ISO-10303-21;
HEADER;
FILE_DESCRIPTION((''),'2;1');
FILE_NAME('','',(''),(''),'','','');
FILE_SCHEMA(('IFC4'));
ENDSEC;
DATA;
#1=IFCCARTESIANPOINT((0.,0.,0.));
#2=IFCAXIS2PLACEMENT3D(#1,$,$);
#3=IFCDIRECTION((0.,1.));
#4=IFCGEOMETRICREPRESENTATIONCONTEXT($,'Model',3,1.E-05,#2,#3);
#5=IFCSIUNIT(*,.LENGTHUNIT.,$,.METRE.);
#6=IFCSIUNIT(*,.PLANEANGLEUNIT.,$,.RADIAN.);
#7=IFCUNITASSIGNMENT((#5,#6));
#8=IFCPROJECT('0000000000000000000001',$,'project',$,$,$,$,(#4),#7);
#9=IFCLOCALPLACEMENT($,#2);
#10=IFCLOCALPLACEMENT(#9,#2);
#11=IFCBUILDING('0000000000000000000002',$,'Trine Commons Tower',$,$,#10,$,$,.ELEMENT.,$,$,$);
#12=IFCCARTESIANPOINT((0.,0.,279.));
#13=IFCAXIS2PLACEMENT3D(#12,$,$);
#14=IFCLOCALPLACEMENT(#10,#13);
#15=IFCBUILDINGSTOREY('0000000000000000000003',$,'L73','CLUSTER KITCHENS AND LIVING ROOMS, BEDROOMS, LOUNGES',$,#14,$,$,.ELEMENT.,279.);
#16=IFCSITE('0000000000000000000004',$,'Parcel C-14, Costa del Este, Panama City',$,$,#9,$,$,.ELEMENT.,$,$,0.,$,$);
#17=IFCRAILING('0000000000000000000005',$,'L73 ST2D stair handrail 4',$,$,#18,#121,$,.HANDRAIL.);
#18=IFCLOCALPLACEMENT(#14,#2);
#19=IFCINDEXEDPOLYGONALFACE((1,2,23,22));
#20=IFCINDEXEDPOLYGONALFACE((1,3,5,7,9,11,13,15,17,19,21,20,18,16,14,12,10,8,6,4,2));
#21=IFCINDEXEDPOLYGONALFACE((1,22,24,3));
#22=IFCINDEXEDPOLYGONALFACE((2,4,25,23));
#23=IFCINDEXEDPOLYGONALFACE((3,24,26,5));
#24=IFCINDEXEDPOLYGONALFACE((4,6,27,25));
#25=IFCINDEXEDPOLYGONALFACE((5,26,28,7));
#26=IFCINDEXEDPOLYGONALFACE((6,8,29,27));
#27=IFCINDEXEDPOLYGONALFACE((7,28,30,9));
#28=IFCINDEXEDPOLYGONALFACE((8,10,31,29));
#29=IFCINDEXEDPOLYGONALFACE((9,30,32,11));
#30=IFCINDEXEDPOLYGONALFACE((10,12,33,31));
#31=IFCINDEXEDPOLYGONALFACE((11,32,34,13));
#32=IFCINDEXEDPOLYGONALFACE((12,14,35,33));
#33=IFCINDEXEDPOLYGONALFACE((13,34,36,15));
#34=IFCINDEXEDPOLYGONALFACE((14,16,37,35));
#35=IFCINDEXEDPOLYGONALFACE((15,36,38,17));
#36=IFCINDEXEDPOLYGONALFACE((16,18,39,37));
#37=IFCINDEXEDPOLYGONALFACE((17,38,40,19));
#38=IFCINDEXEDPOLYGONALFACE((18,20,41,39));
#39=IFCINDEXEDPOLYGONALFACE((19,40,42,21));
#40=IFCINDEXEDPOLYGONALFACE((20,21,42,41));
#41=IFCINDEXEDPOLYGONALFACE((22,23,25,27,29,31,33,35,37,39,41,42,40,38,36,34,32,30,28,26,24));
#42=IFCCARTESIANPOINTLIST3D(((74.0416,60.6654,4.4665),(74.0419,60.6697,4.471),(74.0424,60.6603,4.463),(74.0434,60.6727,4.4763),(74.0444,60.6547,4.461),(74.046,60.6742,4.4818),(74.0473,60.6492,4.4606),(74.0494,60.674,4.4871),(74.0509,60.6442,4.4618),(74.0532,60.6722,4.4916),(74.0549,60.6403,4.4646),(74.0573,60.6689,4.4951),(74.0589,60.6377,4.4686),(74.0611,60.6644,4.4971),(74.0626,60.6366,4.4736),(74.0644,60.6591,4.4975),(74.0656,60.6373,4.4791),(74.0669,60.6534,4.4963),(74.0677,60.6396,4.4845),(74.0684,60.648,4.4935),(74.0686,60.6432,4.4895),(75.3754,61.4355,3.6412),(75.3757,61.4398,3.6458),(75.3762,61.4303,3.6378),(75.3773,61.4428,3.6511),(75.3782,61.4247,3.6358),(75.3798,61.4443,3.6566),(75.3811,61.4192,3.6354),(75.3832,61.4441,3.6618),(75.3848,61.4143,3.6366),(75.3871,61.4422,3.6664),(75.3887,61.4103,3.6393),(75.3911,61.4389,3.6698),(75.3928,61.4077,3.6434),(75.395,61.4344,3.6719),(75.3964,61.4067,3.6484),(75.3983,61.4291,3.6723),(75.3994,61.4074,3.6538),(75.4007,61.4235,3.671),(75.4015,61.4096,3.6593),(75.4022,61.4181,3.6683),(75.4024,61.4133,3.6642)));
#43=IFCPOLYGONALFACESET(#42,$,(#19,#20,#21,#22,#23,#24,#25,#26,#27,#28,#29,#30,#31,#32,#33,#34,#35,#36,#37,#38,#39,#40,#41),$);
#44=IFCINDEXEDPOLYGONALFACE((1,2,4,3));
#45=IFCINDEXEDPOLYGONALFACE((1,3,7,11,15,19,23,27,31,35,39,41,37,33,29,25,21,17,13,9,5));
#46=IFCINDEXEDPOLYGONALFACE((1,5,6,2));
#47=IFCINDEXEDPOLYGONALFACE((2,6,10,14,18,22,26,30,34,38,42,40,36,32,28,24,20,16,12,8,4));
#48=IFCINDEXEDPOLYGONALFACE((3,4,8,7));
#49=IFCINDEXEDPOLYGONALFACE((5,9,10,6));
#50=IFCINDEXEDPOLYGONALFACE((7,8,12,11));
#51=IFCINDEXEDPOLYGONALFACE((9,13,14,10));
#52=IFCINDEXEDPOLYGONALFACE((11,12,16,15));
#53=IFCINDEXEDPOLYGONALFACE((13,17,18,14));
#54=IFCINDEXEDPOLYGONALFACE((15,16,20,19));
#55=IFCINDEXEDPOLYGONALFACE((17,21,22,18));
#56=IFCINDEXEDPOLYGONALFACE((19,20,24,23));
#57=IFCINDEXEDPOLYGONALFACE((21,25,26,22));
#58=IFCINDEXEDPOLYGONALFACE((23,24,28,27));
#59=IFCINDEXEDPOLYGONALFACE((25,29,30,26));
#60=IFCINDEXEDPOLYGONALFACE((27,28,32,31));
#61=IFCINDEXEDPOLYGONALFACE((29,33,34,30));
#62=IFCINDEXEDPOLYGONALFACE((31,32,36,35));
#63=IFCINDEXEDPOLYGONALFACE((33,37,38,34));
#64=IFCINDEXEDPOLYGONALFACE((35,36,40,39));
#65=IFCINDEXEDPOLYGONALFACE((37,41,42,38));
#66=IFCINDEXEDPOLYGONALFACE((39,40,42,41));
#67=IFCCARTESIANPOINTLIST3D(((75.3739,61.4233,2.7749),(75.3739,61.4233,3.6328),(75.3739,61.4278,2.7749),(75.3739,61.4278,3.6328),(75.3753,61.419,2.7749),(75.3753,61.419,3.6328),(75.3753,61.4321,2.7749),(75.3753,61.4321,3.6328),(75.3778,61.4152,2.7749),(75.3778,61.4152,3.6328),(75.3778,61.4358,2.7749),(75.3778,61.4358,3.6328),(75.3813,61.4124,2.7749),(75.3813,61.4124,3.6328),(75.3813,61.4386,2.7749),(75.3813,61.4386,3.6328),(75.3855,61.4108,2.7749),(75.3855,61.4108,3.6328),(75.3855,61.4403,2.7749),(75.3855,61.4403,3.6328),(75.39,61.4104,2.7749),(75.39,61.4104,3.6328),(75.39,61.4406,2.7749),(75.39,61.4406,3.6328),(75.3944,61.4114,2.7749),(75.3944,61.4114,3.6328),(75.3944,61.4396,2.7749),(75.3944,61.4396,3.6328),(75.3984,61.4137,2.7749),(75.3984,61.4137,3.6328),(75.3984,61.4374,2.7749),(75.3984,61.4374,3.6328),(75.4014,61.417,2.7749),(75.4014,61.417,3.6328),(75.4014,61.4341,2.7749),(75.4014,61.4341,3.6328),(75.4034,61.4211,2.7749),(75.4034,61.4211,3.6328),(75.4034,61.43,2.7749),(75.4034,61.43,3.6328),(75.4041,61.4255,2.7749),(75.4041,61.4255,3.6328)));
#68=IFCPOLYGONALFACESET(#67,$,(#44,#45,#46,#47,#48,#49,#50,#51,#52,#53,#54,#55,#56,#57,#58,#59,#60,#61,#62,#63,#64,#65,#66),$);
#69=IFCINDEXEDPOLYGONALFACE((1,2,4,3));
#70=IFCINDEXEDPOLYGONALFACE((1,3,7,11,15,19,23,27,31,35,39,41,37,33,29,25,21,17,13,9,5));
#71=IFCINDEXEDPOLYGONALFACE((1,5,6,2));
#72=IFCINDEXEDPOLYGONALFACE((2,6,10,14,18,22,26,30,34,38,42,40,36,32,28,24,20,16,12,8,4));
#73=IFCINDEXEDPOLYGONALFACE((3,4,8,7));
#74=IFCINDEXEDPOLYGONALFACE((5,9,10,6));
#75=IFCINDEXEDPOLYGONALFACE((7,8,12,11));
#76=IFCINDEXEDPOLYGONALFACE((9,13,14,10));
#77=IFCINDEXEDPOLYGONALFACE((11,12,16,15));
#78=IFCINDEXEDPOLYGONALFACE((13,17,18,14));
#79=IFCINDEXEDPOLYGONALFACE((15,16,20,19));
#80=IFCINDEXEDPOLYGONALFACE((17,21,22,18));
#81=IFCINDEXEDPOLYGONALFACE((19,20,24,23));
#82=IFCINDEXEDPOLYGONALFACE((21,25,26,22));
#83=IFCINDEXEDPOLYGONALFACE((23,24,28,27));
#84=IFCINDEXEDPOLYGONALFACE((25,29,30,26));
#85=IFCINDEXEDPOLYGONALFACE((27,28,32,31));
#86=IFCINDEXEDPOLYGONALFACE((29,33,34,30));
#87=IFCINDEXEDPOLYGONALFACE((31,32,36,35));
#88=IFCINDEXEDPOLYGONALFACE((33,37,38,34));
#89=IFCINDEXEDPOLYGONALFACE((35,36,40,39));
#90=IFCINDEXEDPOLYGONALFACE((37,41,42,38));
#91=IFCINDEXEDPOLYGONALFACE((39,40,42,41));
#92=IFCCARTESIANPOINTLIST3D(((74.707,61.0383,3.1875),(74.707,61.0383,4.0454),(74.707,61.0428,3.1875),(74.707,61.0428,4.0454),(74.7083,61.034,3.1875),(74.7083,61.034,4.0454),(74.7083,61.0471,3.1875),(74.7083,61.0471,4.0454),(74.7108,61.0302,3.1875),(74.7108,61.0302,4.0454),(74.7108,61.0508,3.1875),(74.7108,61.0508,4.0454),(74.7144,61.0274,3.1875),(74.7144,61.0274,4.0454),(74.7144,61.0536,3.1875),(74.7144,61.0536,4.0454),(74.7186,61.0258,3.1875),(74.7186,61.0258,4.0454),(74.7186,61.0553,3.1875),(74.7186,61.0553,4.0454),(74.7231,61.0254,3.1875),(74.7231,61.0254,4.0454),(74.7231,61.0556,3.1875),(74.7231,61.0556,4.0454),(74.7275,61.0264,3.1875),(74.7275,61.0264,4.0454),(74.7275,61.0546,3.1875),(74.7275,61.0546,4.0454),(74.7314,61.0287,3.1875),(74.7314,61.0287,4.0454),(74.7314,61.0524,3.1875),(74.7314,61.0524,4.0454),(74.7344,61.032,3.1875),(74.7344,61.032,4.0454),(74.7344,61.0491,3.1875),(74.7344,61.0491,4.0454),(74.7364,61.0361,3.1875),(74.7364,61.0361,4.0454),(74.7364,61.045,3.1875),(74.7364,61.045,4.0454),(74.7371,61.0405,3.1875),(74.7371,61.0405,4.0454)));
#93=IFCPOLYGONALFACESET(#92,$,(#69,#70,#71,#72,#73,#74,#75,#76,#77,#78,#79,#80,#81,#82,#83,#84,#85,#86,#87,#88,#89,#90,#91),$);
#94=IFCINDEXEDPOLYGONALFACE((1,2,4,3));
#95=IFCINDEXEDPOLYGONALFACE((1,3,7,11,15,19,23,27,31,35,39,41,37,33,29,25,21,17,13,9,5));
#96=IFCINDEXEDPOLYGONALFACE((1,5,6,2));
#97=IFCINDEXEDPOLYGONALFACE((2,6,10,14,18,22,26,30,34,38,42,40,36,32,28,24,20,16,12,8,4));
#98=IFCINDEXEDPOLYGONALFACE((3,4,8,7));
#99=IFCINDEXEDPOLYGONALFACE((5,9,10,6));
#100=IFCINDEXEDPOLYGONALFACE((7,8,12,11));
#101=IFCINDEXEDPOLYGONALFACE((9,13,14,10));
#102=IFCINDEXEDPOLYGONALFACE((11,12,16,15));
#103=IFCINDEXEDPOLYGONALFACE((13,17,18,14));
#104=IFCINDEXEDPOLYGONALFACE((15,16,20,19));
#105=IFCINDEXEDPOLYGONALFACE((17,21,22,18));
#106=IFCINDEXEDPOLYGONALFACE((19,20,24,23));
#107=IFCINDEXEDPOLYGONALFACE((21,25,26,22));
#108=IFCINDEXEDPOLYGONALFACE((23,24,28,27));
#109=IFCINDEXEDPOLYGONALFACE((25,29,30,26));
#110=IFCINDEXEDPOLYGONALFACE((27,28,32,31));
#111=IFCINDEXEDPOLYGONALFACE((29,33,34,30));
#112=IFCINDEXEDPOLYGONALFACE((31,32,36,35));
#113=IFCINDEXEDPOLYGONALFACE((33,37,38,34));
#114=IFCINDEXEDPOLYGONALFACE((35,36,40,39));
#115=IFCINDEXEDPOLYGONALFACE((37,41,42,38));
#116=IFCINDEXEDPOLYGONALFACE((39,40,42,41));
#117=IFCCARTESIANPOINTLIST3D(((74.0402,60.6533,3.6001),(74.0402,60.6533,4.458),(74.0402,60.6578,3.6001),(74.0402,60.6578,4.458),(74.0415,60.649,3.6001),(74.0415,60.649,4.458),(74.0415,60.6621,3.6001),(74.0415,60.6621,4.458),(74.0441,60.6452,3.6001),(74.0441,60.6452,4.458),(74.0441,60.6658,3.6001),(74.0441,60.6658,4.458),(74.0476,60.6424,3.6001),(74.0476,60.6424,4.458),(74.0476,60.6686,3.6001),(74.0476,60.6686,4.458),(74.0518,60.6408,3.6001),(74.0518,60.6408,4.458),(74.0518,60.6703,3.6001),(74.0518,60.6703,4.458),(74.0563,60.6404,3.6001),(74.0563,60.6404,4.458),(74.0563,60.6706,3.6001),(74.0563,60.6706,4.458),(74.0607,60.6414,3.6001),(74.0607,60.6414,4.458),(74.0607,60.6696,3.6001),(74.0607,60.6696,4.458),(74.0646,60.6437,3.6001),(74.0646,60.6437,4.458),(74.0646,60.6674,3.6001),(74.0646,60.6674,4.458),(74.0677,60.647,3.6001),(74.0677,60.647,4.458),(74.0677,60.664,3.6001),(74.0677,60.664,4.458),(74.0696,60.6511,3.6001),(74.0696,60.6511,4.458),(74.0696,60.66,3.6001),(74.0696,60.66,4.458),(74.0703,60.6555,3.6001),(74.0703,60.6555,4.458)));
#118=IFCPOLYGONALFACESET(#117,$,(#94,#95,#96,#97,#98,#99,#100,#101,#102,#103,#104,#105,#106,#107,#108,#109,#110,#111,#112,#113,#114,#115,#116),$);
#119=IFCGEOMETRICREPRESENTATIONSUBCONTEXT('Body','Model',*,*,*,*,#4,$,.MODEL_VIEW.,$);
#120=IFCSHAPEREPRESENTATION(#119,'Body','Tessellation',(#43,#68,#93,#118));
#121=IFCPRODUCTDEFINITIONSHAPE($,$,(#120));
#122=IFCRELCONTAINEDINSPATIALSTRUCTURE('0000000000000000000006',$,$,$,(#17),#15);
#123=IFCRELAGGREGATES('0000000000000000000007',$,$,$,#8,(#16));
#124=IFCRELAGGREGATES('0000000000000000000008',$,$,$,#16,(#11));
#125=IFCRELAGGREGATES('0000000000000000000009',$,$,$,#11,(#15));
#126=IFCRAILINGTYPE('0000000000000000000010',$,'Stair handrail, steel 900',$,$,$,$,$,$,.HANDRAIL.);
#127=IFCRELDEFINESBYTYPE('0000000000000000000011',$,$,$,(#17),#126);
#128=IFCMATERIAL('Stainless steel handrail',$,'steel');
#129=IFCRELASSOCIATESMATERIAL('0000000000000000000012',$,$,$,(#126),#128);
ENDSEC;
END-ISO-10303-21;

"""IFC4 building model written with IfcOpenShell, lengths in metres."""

from ifc_helpers import new_model, si_unit, direction, frame, origin, origin_2d, place, context, subcontext, project, spatial, circle, extrude, material, type_object, element, save


model = new_model("IFC4")

# Units and contexts
model_context = context("Model", 3, precision=1e-05, world=origin(), true_north=direction((0.0, 1.0)))
body_context = subcontext(model_context, "Body", "Model", "MODEL_VIEW")
ifc_project = project(units=[si_unit("LENGTHUNIT", "METRE"), si_unit("PLANEANGLEUNIT", "RADIAN")], contexts=[model_context])

# Site, building, storey
site_placement = place(None, origin())
site = spatial("IfcSite", under=ifc_project, at=site_placement, Name="Parcel C-14, Costa del Este, Panama City", CompositionType="ELEMENT", RefElevation=0.0)
building_placement = place(site_placement, origin())
building = spatial("IfcBuilding", under=site, at=building_placement, Name="Trine Commons Tower", CompositionType="ELEMENT")
storey_placement = place(building_placement, frame((0.0, 0.0, 279.0)))
storey = spatial("IfcBuildingStorey", under=building, at=storey_placement, Name="L73", Description="CLUSTER KITCHENS AND LIVING ROOMS, BEDROOMS, LOUNGES", CompositionType="ELEMENT", Elevation=279.0)

# Railing
ifc_material_1 = material(Name="Stainless steel handrail", Category="steel")
railing_type_1 = type_object("IfcRailingType", Name="Stair handrail, steel 900", PredefinedType="HANDRAIL", material=ifc_material_1)
railing_1_placement = place(storey_placement, frame((75.3889, 61.4255, 2.7749)))
element("IfcRailing", 1, at=railing_1_placement, inside=storey, type_object=railing_type_1, Name="L73 ST2D stair handrail 4", PredefinedType="HANDRAIL", context=body_context, shape_type="SweptSolid", body=[
    extrude(circle(Radius=0.021, at=origin_2d()), frame((0.0, 0.0, 0.8789), z_axis=(-0.763355, -0.440714, 0.472293), x_axis=(0.499992, -0.86603, 0.0)), (0.0, 0.0, 1.0), 1.7473),
    extrude(circle(Radius=0.0151, at=origin_2d()), origin(), (0.0, 0.0, 1.0), 0.8579),
    extrude(circle(Radius=0.0151, at=origin_2d()), frame((-0.667, -0.385, 0.4126)), (0.0, 0.0, 1.0), 0.8579),
    extrude(circle(Radius=0.0151, at=origin_2d()), frame((-1.3337, -0.77, 0.8252)), (0.0, 0.0, 1.0), 0.8579),
])

save(model, "model.ifc")
